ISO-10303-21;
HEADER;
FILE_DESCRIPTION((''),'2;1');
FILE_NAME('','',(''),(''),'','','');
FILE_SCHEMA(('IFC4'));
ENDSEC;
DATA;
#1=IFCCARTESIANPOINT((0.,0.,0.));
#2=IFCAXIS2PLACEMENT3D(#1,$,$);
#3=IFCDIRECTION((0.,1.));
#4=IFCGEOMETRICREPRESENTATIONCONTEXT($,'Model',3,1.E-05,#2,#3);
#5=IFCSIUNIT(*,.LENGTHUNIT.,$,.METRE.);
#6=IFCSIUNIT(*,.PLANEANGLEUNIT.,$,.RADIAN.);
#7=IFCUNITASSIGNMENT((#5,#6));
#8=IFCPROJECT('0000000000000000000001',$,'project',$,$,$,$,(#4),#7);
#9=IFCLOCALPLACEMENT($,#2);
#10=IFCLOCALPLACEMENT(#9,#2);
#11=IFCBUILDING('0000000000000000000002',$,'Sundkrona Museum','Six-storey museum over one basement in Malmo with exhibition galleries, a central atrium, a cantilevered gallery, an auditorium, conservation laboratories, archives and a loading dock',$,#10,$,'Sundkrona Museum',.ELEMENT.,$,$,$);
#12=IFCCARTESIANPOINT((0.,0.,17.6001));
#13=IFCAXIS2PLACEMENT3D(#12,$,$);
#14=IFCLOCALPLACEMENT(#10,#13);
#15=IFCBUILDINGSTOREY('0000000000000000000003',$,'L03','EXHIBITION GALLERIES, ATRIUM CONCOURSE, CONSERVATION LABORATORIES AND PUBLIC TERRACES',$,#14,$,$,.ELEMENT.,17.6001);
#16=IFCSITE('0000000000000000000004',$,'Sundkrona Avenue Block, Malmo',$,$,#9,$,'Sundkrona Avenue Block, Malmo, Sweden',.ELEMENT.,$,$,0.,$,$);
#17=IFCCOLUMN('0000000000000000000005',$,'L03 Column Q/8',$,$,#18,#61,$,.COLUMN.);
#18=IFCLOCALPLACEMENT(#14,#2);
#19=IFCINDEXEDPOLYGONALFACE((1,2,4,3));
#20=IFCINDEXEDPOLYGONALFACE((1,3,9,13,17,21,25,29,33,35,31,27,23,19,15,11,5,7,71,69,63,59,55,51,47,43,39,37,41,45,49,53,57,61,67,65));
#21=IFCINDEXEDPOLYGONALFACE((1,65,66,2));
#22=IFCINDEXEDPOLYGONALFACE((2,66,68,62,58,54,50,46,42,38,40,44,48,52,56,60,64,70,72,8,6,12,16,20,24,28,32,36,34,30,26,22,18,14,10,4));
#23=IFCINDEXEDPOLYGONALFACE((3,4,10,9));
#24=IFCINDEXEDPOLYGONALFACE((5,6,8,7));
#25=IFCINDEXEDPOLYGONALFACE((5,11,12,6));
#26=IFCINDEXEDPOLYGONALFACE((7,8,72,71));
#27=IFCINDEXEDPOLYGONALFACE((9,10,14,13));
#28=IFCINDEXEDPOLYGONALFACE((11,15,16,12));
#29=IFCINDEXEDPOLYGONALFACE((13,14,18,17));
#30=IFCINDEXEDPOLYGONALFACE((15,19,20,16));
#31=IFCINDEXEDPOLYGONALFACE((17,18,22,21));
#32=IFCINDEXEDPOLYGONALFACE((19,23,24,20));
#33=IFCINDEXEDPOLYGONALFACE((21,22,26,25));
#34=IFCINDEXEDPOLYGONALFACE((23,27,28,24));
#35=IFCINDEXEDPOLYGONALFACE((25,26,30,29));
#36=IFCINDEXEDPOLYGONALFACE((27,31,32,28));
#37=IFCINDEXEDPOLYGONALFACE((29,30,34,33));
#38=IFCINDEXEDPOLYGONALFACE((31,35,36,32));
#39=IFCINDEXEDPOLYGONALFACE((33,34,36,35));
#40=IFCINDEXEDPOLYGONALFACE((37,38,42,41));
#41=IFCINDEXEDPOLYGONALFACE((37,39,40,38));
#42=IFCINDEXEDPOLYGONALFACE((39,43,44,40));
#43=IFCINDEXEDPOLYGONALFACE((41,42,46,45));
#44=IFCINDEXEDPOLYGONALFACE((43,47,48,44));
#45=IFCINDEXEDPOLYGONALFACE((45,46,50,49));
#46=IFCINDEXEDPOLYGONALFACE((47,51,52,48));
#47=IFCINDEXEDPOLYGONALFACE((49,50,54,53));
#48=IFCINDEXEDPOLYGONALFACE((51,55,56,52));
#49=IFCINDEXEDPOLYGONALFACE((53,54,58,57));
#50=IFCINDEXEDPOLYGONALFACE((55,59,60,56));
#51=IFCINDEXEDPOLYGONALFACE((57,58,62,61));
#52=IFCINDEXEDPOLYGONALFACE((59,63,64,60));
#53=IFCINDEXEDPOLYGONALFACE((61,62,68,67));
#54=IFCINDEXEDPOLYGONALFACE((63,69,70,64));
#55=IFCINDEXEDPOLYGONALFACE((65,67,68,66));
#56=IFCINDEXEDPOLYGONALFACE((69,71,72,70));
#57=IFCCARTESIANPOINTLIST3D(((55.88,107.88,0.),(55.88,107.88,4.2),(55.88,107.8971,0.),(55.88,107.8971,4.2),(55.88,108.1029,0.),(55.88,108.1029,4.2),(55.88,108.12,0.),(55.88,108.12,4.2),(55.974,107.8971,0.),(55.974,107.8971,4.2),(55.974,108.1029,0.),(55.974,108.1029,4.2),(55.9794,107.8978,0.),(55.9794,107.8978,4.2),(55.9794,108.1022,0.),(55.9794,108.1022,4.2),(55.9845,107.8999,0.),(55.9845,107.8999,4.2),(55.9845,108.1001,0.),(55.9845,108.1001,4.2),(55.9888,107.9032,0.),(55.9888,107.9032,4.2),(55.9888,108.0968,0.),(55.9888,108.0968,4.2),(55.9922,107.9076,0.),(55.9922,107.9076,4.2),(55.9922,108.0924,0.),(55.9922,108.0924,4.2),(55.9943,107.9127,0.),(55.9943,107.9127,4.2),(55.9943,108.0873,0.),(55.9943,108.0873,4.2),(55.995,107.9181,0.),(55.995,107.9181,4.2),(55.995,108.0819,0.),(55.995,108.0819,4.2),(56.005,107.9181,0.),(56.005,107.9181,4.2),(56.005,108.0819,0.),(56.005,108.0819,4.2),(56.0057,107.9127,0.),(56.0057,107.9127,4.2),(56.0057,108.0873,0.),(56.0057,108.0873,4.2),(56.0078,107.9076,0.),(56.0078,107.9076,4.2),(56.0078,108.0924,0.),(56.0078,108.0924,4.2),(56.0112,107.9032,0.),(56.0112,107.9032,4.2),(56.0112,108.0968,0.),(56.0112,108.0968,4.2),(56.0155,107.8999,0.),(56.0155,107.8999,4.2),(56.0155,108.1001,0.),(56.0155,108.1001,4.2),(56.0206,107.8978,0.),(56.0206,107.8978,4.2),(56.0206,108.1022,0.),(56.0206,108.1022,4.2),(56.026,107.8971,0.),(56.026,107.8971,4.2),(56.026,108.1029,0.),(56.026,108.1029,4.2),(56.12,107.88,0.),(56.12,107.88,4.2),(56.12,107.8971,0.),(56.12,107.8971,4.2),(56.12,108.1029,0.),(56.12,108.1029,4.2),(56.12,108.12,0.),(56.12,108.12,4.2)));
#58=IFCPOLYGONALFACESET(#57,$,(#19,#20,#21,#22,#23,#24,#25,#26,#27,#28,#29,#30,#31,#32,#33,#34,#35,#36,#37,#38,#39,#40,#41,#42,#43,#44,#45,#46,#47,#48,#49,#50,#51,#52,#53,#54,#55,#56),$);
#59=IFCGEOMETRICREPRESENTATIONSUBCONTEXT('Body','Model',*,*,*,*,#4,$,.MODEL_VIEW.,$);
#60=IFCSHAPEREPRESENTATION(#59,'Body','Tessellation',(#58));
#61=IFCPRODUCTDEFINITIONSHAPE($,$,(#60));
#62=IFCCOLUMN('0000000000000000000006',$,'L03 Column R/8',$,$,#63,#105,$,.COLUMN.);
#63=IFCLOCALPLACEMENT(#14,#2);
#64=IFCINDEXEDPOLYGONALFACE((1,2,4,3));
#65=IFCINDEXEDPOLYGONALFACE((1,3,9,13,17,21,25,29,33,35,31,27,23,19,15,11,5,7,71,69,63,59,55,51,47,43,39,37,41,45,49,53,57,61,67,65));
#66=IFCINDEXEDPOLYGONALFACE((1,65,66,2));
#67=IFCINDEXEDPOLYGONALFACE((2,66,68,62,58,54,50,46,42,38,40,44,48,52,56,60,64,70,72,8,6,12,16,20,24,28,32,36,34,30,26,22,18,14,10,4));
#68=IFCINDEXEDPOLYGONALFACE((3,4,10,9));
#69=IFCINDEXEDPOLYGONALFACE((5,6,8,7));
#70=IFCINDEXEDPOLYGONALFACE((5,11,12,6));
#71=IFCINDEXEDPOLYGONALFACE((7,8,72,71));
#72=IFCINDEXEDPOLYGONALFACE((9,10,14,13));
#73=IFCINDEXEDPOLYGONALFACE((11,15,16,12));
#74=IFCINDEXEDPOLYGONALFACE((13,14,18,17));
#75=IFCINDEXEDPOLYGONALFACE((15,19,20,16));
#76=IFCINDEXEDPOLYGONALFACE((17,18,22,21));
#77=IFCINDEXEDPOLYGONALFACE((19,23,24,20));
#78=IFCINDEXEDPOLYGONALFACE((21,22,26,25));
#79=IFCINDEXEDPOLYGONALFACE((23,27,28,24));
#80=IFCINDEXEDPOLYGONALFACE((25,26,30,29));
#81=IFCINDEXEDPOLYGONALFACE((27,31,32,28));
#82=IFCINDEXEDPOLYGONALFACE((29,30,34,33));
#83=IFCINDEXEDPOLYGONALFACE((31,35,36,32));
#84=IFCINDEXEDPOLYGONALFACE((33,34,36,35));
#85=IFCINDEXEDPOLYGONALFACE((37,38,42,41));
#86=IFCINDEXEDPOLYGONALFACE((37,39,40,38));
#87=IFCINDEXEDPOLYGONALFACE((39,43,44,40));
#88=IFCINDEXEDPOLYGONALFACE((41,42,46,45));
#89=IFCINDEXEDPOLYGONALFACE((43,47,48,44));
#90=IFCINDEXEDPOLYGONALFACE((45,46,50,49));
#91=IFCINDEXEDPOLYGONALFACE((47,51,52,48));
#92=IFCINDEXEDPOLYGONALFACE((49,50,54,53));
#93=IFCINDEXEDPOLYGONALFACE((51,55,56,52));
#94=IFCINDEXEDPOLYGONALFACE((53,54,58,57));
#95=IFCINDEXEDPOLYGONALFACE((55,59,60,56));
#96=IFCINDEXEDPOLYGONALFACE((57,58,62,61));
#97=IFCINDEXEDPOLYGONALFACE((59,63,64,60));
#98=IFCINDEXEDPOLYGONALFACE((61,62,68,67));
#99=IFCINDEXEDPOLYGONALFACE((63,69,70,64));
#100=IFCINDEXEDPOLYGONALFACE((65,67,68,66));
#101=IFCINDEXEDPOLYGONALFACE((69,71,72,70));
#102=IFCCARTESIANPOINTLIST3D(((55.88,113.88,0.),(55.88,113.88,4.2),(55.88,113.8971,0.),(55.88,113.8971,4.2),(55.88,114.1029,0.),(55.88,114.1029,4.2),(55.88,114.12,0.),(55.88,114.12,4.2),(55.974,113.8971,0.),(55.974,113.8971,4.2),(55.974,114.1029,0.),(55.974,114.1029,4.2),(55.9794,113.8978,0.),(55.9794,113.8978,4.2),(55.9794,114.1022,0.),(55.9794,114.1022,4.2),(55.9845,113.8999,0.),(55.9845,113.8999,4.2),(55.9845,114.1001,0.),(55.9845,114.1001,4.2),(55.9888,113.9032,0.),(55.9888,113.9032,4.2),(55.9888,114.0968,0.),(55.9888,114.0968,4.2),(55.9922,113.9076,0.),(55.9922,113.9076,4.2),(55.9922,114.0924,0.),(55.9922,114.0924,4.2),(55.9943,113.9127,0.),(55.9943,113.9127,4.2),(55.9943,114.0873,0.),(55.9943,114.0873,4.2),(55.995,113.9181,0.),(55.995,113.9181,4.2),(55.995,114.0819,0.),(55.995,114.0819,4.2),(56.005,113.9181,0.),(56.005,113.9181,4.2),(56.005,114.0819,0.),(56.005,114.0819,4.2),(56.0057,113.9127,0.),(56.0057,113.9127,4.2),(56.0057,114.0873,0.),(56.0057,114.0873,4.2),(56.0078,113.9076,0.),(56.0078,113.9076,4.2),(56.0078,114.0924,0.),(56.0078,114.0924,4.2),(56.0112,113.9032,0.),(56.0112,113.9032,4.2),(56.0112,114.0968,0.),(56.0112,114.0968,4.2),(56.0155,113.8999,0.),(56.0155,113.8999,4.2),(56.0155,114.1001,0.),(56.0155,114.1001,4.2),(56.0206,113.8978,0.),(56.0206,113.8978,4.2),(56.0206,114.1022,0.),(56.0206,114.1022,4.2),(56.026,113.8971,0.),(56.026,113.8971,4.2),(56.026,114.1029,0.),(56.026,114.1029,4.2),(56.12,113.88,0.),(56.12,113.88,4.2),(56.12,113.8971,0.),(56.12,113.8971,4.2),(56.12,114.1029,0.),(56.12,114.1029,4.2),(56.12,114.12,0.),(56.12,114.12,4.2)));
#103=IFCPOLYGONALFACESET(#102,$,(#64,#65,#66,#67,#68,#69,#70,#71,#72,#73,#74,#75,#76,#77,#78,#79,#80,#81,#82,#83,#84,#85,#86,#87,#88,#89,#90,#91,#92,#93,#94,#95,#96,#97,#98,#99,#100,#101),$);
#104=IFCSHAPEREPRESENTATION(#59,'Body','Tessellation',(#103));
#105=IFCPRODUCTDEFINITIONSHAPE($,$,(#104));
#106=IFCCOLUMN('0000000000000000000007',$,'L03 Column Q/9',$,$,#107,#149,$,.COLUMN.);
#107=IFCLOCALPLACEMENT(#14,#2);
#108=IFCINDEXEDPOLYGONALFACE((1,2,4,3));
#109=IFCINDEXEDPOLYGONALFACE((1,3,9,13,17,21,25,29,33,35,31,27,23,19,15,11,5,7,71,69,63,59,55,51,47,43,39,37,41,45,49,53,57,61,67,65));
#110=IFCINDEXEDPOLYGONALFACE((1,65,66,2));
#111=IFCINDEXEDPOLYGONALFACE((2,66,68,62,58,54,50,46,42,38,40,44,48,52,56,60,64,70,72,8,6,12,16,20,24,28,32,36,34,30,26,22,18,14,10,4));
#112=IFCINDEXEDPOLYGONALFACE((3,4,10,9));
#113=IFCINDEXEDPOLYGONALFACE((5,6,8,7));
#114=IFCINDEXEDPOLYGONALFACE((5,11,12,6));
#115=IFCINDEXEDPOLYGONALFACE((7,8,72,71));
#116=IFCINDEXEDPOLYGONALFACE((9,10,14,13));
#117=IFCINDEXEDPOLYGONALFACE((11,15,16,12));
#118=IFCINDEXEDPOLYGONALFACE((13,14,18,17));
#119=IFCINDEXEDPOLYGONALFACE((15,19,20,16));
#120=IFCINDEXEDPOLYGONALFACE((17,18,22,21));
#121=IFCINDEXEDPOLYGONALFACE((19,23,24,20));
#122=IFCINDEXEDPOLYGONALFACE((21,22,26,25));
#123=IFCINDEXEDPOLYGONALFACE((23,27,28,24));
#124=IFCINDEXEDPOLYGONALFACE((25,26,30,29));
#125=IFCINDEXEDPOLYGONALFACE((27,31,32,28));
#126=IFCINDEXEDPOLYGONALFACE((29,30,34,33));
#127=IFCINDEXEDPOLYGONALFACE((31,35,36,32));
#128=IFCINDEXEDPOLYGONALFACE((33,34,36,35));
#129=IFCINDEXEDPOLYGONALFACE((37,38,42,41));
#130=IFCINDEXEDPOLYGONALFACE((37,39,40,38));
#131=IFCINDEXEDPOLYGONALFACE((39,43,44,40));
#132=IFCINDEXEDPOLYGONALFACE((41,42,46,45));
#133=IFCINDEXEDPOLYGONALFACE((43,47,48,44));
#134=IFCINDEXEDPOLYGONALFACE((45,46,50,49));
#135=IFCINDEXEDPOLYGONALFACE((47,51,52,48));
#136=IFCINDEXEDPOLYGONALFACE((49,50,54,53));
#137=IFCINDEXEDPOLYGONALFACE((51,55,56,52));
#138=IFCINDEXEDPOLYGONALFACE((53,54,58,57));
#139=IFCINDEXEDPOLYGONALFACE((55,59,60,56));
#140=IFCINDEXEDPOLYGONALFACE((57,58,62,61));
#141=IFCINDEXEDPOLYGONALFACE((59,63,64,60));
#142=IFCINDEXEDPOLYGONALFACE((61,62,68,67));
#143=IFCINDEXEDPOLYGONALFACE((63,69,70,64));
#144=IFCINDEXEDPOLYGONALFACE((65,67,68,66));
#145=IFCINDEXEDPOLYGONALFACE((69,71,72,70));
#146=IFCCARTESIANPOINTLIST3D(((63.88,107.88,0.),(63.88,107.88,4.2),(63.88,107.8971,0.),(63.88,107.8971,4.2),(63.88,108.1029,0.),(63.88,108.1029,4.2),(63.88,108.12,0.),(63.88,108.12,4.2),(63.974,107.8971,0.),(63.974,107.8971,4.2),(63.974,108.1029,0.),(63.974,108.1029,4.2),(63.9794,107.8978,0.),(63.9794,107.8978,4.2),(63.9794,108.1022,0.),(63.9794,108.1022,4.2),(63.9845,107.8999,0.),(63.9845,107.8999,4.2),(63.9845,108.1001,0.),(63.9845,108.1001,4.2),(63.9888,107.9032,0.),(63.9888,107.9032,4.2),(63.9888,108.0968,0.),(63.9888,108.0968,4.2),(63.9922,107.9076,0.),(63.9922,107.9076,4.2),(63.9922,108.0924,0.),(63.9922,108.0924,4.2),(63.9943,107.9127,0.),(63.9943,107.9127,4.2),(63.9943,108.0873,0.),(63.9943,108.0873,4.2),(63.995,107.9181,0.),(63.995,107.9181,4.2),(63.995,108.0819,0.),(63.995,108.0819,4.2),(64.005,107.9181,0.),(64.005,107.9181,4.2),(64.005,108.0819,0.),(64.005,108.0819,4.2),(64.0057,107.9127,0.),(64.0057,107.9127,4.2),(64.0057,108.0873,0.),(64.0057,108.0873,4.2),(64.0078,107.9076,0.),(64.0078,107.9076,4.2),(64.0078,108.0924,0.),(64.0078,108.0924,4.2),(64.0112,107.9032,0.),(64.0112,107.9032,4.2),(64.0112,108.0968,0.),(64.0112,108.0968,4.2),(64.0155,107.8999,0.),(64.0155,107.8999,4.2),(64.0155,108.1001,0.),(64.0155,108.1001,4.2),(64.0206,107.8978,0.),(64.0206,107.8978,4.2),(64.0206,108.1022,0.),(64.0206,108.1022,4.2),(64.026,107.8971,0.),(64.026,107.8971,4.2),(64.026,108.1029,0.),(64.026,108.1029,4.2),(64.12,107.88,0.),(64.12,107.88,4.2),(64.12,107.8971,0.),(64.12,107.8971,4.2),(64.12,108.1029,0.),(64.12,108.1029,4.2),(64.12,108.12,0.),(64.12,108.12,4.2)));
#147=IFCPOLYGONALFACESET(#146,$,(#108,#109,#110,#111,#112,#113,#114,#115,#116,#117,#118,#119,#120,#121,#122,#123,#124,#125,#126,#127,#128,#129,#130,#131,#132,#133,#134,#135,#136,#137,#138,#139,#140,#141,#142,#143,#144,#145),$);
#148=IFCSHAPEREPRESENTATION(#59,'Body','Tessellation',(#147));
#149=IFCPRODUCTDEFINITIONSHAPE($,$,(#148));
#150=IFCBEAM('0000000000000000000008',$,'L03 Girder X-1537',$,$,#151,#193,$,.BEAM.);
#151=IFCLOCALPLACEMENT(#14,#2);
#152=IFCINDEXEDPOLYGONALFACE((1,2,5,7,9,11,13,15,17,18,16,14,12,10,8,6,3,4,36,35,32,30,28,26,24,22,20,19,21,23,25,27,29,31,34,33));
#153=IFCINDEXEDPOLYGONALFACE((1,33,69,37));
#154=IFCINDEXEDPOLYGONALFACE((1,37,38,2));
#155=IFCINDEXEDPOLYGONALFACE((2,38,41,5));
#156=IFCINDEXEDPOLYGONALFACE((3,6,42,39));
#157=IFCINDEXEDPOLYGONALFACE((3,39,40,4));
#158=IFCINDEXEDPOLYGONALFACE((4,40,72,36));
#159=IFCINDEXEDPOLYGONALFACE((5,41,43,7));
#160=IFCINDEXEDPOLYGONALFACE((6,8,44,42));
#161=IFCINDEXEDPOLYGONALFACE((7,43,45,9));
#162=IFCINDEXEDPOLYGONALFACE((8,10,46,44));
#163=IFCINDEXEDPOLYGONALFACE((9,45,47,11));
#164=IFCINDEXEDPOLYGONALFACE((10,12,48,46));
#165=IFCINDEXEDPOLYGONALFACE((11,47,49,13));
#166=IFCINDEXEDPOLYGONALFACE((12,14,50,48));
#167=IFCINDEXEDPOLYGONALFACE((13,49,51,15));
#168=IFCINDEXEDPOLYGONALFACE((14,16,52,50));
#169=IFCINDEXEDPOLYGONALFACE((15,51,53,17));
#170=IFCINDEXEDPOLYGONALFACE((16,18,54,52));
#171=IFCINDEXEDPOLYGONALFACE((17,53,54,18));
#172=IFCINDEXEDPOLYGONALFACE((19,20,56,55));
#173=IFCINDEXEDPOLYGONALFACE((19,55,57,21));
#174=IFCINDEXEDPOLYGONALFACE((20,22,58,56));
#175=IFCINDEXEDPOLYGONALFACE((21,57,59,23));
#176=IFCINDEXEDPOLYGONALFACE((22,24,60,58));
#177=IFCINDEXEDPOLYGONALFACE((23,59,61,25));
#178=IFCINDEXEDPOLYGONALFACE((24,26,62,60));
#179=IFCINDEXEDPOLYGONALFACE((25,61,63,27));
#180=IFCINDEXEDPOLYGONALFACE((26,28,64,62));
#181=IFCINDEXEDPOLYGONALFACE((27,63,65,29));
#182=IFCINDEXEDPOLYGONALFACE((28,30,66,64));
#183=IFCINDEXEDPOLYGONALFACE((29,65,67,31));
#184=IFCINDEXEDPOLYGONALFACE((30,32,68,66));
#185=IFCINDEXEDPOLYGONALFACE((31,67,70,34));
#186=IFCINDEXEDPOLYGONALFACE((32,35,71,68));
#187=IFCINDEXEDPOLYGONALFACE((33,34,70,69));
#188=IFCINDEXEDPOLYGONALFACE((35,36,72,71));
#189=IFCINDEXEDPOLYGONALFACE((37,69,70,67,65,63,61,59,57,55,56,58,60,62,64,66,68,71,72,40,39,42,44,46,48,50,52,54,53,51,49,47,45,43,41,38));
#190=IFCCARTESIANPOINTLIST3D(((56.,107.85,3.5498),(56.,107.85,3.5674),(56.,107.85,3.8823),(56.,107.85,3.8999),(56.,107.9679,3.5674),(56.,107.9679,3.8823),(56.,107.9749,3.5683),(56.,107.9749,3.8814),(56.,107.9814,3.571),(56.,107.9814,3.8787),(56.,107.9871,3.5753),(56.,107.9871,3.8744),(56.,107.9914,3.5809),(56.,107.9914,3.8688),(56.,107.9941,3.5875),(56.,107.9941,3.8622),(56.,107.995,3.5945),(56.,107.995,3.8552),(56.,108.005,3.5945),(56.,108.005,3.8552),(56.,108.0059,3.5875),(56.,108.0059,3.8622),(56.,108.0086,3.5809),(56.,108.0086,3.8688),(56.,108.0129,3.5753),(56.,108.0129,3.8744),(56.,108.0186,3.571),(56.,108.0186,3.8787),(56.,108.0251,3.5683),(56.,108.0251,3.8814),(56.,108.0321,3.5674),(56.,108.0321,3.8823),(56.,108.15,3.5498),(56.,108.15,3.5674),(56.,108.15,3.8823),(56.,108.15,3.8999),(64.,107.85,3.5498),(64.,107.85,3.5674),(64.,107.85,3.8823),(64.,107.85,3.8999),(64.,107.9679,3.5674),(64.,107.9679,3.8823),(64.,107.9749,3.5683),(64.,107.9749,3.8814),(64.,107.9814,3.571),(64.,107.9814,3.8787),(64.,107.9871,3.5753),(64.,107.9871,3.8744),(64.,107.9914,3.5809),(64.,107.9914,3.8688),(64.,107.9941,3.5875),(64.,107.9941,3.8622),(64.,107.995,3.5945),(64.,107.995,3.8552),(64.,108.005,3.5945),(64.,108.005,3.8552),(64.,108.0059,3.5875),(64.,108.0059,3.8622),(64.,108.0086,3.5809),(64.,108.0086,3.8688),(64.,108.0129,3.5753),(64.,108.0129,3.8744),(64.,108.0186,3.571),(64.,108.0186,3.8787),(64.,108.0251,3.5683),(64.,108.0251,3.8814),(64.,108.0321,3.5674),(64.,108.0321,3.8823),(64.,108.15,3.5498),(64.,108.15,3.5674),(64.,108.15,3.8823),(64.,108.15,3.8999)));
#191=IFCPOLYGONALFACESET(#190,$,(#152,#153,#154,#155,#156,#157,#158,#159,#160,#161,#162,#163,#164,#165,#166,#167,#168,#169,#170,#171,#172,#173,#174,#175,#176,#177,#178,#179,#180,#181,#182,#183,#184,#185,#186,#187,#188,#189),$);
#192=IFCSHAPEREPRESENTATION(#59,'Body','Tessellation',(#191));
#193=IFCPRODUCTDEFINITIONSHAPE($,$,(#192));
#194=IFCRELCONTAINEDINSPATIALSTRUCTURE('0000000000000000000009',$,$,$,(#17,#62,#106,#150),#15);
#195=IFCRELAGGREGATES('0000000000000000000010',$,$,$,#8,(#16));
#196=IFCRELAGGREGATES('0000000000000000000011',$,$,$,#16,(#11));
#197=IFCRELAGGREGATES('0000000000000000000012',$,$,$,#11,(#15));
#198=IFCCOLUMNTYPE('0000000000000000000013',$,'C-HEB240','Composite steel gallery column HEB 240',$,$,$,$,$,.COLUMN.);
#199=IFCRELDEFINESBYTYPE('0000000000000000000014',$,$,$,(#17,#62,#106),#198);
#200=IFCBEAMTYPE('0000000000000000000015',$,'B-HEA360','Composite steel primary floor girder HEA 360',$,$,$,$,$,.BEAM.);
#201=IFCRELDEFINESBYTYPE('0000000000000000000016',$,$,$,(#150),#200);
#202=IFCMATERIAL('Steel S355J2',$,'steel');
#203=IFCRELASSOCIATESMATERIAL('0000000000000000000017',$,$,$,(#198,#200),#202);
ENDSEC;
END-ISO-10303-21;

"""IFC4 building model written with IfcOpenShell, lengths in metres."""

from ifc_helpers import new_model, si_unit, direction, frame, origin, origin_2d, place, context, subcontext, project, spatial, i_section, extrude, material, material_profile, profile_set, type_object, element, save


model = new_model("IFC4")

# Units and contexts
model_context = context("Model", 3, precision=1e-05, world=origin(), true_north=direction((0.0, 1.0)))
body_context = subcontext(model_context, "Body", "Model", "MODEL_VIEW")
ifc_project = project(units=[si_unit("LENGTHUNIT", "METRE"), si_unit("PLANEANGLEUNIT", "RADIAN")], contexts=[model_context])

# Site, building, storey
site_placement = place(None, origin())
site = spatial("IfcSite", under=ifc_project, at=site_placement, Name="Sundkrona Avenue Block, Malmo", LongName="Sundkrona Avenue Block, Malmo, Sweden", CompositionType="ELEMENT", RefElevation=0.0)
building_placement = place(site_placement, origin())
building = spatial("IfcBuilding", under=site, at=building_placement, Name="Sundkrona Museum", Description="Six-storey museum over one basement in Malmo with exhibition galleries, a central atrium, a cantilevered gallery, an auditorium, conservation laboratories, archives and a loading dock", LongName="Sundkrona Museum", CompositionType="ELEMENT")
storey_placement = place(building_placement, frame((0.0, 0.0, 17.6001)))
storey = spatial("IfcBuildingStorey", under=building, at=storey_placement, Name="L03", Description="EXHIBITION GALLERIES, ATRIUM CONCOURSE, CONSERVATION LABORATORIES AND PUBLIC TERRACES", CompositionType="ELEMENT", Elevation=17.6001)

# Columns
ifc_material_1 = material(Name="Steel S355J2", Category="steel")
ifc_material_profile_1 = material_profile(ifc_material_1, i_section(OverallWidth=0.24, OverallDepth=0.24, WebThickness=0.01, FlangeThickness=0.0171, FilletRadius=0.021, at=origin_2d()), Name="HEB 240")
ifc_profile_set_1 = profile_set([ifc_material_profile_1], Name="Steel S355J2")
column_type = type_object("IfcColumnType", Name="C-HEB240", Description="Composite steel gallery column HEB 240", PredefinedType="COLUMN", material=ifc_profile_set_1)
for number, where, z_axis, x_axis, name in (
    (1, (56.0, 108.0, 0.0), (0.0, 0.0, 1.0), (1.0, 0.0, 0.0), "L03 Column Q/8"),
    (2, (56.0, 114.0, 0.0), (0.0, 0.0, 1.0), (1.0, 0.0, 0.0), "L03 Column R/8"),
    (3, (64.0, 108.0, 0.0), (0.0, 0.0, 1.0), (1.0, 0.0, 0.0), "L03 Column Q/9"),
):
    element("IfcColumn", number, at=place(storey_placement, frame(where, z_axis=z_axis, x_axis=x_axis)), inside=storey, type_object=column_type, Name=name, PredefinedType="COLUMN", context=body_context, shape_type="SweptSolid", body=[
        extrude(i_section(OverallWidth=0.24, OverallDepth=0.24, WebThickness=0.01, FlangeThickness=0.0171, FilletRadius=0.021, at=origin_2d()), origin(), (0.0, 0.0, 1.0), 4.2),
    ])

# Beam
ifc_material_profile_2 = material_profile(ifc_material_1, i_section(OverallWidth=0.3, OverallDepth=0.3501, WebThickness=0.01, FlangeThickness=0.0176, FilletRadius=0.0271, at=origin_2d()), Name="HEA 360")
ifc_profile_set_2 = profile_set([ifc_material_profile_2], Name="Steel S355J2")
beam_type_1 = type_object("IfcBeamType", Name="B-HEA360", Description="Composite steel primary floor girder HEA 360", PredefinedType="BEAM", material=ifc_profile_set_2)
for number, where, z_axis, x_axis, name in (
    (4, (56.0, 108.0, 3.7249), (1.0, 0.0, 0.0), (0.0, 1.0, 0.0), "L03 Girder X-1537"),
):
    element("IfcBeam", number, at=place(storey_placement, frame(where, z_axis=z_axis, x_axis=x_axis)), inside=storey, type_object=beam_type_1, Name=name, PredefinedType="BEAM", context=body_context, shape_type="SweptSolid", body=[
        extrude(i_section(OverallWidth=0.3, OverallDepth=0.3501, WebThickness=0.01, FlangeThickness=0.0176, FilletRadius=0.0271, at=origin_2d()), origin(), (0.0, 0.0, 1.0), 8.0),
    ])

save(model, "model.ifc")
